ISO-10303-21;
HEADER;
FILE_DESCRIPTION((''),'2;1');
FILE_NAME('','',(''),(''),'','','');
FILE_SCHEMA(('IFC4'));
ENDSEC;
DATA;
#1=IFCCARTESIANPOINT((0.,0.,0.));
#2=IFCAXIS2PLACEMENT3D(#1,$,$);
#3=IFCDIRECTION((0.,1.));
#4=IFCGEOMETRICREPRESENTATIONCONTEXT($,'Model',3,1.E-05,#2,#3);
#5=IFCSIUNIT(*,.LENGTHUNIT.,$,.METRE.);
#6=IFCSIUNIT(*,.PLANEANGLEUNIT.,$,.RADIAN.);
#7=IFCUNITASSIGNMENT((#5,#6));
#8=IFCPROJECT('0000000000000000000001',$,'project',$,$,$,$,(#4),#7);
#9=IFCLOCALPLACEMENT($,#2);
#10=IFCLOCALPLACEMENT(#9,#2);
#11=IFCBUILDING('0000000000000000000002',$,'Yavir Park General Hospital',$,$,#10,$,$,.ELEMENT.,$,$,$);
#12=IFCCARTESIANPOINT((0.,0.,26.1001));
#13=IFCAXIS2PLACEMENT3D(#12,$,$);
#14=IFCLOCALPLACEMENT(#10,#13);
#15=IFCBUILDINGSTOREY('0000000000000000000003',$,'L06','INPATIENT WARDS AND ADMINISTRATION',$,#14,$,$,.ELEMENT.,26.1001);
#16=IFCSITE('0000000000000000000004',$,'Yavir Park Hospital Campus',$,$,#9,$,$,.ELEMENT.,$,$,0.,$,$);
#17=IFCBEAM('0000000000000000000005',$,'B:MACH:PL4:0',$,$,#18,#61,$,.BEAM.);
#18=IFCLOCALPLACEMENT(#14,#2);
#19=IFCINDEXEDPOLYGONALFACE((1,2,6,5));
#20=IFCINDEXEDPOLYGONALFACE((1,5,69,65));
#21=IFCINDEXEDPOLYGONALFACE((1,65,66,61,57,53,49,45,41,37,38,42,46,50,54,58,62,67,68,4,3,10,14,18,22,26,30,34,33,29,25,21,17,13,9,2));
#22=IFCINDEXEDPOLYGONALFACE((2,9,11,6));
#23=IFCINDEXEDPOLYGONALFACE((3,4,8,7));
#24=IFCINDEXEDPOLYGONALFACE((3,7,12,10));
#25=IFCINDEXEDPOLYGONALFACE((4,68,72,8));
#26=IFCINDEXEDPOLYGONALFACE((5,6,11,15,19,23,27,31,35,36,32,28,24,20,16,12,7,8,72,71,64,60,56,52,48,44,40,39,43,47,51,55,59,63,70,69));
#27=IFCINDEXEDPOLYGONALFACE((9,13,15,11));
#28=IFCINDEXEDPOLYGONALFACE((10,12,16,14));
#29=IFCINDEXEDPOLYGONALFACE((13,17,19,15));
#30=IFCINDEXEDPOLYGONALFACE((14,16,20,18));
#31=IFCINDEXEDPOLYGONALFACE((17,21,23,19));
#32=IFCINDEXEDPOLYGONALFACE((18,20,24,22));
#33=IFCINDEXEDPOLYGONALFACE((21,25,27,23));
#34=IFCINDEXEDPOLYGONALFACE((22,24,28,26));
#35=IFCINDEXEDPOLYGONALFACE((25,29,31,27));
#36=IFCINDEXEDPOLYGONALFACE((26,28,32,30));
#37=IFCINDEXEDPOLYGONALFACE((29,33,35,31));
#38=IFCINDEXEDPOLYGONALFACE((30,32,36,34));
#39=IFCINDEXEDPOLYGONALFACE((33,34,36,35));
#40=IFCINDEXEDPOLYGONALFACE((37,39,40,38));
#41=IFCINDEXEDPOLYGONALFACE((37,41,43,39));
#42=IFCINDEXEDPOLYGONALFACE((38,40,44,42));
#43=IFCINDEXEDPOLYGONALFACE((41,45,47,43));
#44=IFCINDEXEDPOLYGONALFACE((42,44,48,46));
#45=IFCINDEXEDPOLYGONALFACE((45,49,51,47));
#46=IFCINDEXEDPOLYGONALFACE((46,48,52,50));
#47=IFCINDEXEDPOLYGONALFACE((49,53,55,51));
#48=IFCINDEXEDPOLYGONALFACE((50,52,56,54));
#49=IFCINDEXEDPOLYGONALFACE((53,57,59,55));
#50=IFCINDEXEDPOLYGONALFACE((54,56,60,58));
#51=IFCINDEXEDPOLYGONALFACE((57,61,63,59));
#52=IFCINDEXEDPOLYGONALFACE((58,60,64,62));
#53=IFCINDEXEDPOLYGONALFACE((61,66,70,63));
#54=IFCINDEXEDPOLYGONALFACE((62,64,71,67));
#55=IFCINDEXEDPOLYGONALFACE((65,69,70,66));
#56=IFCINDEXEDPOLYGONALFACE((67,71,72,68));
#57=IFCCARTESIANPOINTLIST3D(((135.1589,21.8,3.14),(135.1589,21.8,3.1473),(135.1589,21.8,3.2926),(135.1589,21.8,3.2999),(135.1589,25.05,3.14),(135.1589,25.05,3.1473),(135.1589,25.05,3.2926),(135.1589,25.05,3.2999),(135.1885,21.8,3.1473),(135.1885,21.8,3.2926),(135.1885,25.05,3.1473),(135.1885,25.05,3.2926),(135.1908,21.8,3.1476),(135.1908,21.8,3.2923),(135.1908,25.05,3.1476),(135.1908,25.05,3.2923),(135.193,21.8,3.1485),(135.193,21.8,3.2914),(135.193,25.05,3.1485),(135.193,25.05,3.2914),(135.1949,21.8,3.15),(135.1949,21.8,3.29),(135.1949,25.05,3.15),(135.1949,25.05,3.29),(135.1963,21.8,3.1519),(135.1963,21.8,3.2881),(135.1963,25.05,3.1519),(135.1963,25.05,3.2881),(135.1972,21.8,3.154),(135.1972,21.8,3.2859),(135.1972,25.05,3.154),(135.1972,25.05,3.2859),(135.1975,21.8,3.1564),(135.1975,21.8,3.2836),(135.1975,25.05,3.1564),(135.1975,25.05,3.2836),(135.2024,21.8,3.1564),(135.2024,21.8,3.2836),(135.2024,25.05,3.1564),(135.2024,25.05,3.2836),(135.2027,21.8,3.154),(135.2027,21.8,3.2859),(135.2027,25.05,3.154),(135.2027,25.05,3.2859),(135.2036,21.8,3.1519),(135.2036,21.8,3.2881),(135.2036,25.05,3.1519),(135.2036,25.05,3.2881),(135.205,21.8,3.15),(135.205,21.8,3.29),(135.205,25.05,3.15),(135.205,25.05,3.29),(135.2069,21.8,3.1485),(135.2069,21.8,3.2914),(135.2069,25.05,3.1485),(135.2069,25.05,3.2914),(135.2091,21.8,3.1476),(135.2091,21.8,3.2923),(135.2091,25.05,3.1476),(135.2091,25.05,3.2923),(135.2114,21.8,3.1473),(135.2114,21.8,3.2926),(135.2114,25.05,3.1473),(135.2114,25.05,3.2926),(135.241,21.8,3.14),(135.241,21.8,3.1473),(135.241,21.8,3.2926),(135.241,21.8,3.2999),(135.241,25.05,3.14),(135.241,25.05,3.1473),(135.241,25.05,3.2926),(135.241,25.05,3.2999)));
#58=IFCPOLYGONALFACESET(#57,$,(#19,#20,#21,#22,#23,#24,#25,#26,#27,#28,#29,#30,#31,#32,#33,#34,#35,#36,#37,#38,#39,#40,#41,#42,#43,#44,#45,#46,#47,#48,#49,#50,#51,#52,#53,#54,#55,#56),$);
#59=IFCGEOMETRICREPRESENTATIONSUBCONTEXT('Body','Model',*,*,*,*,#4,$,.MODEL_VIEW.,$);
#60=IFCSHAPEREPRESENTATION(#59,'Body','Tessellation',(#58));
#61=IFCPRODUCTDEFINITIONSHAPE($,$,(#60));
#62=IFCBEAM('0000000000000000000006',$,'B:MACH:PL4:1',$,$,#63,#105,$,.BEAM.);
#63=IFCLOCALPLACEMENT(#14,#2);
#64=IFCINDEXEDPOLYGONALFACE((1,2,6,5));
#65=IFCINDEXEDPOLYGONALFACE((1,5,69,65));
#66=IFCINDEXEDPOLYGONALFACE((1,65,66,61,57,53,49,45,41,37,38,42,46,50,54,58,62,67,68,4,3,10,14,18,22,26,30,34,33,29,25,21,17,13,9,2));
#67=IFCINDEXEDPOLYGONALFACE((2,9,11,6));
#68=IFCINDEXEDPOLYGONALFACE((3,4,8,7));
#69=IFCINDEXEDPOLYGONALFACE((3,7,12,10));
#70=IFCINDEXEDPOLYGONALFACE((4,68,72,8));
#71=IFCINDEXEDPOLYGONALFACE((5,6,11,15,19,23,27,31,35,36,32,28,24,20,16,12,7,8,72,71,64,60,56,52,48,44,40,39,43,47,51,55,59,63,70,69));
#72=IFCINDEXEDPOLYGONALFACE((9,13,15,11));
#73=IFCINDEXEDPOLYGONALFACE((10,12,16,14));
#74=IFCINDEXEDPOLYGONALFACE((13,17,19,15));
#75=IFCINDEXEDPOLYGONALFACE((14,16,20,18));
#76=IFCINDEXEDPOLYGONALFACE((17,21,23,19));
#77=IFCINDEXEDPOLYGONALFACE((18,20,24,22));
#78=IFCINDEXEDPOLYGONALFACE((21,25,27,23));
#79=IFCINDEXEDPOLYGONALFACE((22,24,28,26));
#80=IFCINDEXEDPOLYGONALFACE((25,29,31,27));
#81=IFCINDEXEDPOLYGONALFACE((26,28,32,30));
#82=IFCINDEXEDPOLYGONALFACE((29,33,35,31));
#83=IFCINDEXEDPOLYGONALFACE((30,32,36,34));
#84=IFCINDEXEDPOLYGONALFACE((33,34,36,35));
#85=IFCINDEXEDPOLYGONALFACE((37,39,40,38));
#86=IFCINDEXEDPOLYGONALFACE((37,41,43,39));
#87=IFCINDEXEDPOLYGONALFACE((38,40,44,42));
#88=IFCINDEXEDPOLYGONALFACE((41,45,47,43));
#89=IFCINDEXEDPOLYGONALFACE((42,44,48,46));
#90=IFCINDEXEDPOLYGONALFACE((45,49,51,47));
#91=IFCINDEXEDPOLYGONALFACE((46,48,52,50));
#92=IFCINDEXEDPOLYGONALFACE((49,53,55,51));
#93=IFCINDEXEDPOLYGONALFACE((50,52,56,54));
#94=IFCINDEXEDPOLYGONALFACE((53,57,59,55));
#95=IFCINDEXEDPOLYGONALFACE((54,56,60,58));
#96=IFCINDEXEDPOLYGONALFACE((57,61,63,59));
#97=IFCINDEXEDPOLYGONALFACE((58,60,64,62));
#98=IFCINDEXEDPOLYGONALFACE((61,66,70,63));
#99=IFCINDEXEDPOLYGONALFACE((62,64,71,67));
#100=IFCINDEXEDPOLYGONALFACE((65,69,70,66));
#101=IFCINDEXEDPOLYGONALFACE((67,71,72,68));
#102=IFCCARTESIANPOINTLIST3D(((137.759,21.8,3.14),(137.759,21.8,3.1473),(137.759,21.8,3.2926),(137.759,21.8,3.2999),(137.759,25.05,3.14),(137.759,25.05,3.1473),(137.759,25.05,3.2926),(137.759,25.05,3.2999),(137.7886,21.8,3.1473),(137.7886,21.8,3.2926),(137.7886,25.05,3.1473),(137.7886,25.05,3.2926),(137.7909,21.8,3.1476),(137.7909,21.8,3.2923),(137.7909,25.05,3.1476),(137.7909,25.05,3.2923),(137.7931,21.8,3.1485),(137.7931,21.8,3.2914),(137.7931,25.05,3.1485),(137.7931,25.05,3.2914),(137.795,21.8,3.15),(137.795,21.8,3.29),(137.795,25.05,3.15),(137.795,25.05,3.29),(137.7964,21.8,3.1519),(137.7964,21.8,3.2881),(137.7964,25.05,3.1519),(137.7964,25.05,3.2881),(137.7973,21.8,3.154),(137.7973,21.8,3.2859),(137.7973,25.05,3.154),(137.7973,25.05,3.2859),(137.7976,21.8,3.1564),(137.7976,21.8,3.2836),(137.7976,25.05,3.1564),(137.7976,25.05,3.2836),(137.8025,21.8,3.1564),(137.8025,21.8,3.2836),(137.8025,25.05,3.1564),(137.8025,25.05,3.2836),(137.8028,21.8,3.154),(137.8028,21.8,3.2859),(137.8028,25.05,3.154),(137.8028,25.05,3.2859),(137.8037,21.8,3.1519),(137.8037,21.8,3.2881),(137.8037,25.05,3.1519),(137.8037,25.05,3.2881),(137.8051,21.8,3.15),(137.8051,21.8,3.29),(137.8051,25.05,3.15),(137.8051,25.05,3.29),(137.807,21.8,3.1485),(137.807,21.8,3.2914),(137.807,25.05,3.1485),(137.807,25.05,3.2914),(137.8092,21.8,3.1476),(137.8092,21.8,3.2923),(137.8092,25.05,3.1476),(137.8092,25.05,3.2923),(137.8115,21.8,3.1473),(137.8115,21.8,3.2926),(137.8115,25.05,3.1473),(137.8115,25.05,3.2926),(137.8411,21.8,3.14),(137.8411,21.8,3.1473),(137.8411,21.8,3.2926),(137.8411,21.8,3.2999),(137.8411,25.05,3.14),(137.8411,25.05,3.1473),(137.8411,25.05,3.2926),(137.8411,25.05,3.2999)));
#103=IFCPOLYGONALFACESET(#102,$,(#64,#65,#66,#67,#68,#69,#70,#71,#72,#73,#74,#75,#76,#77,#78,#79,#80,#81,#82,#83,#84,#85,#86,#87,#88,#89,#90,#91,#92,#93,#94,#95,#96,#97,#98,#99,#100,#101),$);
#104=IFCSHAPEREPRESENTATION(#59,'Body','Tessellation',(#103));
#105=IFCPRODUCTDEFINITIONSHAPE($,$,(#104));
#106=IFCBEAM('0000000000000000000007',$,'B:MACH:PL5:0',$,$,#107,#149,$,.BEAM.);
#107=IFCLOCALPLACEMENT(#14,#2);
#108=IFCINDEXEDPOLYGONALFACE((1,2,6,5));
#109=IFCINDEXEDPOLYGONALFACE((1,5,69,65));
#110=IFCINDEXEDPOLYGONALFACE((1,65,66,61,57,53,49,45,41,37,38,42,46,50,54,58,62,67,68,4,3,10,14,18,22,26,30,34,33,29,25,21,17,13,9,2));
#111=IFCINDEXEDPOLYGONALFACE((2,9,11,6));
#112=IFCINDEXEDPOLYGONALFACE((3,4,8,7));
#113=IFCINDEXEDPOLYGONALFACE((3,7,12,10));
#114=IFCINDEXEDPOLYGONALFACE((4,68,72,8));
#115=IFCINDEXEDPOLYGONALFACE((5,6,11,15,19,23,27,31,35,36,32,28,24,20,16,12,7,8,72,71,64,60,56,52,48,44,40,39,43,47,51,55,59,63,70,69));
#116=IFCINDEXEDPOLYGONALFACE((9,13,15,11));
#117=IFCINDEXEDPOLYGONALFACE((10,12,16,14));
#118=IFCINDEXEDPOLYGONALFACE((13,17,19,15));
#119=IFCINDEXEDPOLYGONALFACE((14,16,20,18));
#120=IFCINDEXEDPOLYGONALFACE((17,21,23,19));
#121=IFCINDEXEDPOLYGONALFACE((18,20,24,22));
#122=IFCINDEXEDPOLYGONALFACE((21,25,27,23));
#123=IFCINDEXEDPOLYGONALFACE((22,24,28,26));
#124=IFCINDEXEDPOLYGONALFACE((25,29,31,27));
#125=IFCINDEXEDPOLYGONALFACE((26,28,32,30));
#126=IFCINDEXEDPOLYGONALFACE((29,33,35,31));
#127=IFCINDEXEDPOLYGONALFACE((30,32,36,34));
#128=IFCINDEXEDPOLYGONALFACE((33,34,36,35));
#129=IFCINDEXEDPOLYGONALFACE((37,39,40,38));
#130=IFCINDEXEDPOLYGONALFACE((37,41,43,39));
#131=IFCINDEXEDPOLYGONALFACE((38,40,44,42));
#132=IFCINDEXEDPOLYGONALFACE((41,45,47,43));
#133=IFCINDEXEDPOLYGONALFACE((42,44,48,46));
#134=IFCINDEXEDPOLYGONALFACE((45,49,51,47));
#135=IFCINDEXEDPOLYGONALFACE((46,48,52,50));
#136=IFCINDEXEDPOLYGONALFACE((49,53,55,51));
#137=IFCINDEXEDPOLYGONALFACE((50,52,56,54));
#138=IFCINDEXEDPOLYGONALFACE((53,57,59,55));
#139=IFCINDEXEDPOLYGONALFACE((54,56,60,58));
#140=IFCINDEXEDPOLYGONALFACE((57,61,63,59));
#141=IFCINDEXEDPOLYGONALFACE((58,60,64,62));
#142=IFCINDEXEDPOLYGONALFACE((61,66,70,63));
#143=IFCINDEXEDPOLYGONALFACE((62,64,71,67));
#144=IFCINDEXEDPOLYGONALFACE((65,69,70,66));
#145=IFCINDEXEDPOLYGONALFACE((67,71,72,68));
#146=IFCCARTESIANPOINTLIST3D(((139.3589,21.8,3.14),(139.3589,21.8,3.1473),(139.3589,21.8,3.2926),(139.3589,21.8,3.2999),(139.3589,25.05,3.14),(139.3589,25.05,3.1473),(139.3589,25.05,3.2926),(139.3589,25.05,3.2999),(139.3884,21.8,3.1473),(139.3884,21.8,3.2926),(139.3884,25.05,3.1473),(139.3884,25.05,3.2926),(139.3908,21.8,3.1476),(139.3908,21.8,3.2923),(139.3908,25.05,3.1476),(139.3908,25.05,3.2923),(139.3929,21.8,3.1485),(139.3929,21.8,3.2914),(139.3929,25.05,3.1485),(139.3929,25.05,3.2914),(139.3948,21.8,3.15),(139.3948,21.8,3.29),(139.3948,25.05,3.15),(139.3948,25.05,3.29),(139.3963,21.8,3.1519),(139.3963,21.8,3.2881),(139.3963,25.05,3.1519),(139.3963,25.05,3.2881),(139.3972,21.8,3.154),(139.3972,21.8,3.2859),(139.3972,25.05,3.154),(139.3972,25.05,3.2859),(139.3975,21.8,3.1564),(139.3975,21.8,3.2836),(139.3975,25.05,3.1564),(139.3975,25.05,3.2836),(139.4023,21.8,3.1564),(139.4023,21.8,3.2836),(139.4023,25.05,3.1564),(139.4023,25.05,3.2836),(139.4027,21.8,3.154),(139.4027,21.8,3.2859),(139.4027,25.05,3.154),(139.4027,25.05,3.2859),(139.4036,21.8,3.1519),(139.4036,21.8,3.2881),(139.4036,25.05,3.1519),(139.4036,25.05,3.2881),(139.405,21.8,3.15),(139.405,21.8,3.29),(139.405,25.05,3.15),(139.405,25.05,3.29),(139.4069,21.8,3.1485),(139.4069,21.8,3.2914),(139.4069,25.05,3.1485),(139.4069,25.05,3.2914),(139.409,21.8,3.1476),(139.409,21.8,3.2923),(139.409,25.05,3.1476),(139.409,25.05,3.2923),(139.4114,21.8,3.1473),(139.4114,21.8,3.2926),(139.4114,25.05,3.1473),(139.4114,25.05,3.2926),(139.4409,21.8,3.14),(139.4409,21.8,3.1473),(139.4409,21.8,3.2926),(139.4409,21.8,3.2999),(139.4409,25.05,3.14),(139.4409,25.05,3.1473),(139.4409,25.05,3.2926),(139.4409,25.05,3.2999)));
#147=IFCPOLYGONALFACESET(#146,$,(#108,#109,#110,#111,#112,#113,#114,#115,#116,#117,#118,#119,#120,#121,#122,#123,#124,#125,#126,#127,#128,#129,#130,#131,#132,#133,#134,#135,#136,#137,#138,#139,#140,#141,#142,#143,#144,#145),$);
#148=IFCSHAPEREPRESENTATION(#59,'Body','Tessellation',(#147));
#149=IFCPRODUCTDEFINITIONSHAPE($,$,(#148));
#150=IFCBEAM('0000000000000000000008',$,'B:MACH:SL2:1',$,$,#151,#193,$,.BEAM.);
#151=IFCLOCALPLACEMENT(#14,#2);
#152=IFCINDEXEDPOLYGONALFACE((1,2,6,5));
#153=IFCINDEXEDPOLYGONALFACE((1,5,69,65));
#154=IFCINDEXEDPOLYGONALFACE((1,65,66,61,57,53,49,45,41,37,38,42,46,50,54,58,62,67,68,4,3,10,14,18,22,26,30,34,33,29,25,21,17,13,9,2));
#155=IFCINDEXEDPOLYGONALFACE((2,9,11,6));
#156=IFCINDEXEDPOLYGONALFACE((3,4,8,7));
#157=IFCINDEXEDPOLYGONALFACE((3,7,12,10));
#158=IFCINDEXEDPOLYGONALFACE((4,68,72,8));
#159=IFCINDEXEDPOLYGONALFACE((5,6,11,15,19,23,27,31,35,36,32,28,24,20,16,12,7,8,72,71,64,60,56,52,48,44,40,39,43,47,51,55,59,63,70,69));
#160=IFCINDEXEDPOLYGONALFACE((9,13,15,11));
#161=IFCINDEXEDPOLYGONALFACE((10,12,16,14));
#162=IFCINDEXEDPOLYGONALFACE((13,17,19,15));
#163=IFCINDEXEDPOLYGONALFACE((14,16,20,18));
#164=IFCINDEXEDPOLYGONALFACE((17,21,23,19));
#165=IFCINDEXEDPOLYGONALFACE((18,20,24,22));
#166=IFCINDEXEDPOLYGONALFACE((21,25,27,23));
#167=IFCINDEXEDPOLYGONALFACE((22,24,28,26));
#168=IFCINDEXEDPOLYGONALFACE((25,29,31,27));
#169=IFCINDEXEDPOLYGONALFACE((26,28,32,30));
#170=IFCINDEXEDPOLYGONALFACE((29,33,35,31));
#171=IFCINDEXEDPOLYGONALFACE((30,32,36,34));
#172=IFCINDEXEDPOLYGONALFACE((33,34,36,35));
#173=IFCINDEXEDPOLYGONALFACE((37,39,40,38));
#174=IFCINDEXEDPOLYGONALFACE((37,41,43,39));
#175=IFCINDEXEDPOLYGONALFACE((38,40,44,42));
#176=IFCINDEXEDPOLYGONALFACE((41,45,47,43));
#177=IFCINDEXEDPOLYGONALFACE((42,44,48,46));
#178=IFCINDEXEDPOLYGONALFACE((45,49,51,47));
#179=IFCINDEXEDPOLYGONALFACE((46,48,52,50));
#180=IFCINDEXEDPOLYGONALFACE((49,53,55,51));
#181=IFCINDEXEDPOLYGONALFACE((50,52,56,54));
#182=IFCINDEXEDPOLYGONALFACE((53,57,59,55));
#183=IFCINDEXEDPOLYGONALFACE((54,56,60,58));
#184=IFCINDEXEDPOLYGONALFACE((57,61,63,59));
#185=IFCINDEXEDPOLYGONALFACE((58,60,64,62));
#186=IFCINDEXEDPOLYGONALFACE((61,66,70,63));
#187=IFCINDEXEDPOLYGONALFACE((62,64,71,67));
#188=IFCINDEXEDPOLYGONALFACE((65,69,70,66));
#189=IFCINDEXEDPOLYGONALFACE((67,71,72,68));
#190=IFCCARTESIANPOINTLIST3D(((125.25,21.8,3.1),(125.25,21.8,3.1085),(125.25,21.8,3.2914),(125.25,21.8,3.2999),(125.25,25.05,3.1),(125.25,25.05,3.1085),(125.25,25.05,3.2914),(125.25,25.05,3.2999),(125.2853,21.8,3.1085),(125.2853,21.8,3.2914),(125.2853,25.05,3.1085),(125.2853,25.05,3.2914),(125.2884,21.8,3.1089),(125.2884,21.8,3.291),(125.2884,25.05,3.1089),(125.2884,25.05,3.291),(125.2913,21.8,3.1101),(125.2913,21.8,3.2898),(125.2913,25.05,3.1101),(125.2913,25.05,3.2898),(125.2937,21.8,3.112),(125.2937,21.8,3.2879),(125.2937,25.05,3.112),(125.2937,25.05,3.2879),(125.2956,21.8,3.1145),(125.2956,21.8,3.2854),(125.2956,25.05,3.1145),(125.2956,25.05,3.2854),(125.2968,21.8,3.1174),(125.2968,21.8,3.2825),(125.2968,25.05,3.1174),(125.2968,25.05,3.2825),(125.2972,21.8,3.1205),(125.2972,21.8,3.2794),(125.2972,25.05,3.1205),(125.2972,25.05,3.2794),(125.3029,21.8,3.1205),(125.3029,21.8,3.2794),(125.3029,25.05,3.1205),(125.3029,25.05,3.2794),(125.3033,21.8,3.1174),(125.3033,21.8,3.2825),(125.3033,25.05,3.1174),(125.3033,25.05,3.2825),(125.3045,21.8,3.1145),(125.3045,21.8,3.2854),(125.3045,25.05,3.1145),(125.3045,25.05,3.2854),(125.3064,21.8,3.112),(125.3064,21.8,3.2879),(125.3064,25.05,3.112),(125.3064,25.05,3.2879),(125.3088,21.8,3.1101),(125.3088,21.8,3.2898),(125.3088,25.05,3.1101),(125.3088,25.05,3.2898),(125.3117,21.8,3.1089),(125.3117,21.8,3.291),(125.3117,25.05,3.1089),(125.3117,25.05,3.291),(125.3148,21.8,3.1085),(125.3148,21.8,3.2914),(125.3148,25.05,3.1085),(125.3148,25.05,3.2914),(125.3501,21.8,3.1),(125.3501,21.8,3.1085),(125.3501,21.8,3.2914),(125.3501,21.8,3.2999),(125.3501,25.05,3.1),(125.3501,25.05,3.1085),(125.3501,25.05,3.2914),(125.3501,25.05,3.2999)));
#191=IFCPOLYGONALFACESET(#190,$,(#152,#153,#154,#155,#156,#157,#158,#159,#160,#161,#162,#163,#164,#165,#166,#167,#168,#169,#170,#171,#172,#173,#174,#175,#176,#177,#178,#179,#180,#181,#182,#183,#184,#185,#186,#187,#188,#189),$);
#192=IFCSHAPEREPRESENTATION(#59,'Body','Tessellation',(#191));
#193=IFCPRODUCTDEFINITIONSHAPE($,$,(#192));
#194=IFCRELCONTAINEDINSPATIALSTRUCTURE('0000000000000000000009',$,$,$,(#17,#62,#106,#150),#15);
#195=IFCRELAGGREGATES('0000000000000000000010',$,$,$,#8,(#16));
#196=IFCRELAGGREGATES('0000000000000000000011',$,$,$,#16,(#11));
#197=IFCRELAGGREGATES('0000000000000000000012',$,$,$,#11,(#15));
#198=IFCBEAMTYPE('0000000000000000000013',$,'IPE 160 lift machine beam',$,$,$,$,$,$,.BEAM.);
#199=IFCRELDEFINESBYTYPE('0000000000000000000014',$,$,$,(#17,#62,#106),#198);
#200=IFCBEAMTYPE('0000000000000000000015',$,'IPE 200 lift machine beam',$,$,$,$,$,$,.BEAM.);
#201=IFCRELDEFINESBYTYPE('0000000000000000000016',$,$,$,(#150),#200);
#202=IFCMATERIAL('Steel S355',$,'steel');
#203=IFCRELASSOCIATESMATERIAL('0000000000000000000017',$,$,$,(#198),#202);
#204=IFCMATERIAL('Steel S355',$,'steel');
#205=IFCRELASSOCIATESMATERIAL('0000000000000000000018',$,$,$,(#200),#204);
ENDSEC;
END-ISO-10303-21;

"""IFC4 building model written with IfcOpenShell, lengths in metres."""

from ifc_helpers import new_model, si_unit, direction, frame, origin, origin_2d, place, context, subcontext, project, spatial, i_section, extrude, material, material_profile, profile_set, type_object, element, save


model = new_model("IFC4")

# Units and contexts
model_context = context("Model", 3, precision=1e-05, world=origin(), true_north=direction((0.0, 1.0)))
body_context = subcontext(model_context, "Body", "Model", "MODEL_VIEW")
ifc_project = project(units=[si_unit("LENGTHUNIT", "METRE"), si_unit("PLANEANGLEUNIT", "RADIAN")], contexts=[model_context])

# Site, building, storey
site_placement = place(None, origin())
site = spatial("IfcSite", under=ifc_project, at=site_placement, Name="Yavir Park Hospital Campus", CompositionType="ELEMENT", RefElevation=0.0)
building_placement = place(site_placement, origin())
building = spatial("IfcBuilding", under=site, at=building_placement, Name="Yavir Park General Hospital", CompositionType="ELEMENT")
storey_placement = place(building_placement, frame((0.0, 0.0, 26.1001)))
storey = spatial("IfcBuildingStorey", under=building, at=storey_placement, Name="L06", Description="INPATIENT WARDS AND ADMINISTRATION", CompositionType="ELEMENT", Elevation=26.1001)

# Beams
ifc_material_1 = material(Name="Steel S355", Category="steel")
ifc_material_profile_1 = material_profile(ifc_material_1, i_section(OverallWidth=0.082, OverallDepth=0.1599, WebThickness=0.0049, FlangeThickness=0.0073, FilletRadius=0.009, at=origin_2d()), Name="IPE160")
ifc_profile_set_1 = profile_set([ifc_material_profile_1], Name="Steel S355")
beam_type_1 = type_object("IfcBeamType", Name="IPE 160 lift machine beam", PredefinedType="BEAM", material=ifc_profile_set_1)
for number, where, z_axis, x_axis, name in (
    (1, (135.2, 21.8, 3.22), (0.0, 1.0, 0.0), (-1.0, 0.0, 0.0), "B:MACH:PL4:0"),
    (2, (137.8, 21.8, 3.22), (0.0, 1.0, 0.0), (-1.0, 0.0, 0.0), "B:MACH:PL4:1"),
    (3, (139.3999, 21.8, 3.22), (0.0, 1.0, 0.0), (-1.0, 0.0, 0.0), "B:MACH:PL5:0"),
):
    element("IfcBeam", number, at=place(storey_placement, frame(where, z_axis=z_axis, x_axis=x_axis)), inside=storey, type_object=beam_type_1, Name=name, PredefinedType="BEAM", context=body_context, shape_type="SweptSolid", body=[
        extrude(i_section(OverallWidth=0.082, OverallDepth=0.1599, WebThickness=0.0049, FlangeThickness=0.0073, FilletRadius=0.009, at=origin_2d()), origin(), (0.0, 0.0, 1.0), 3.25),
    ])
ifc_material_2 = material(Name="Steel S355", Category="steel")
ifc_material_profile_2 = material_profile(ifc_material_2, i_section(OverallWidth=0.1001, OverallDepth=0.2, WebThickness=0.0056, FlangeThickness=0.0085, FilletRadius=0.012, at=origin_2d()), Name="IPE200")
ifc_profile_set_2 = profile_set([ifc_material_profile_2], Name="Steel S355")
beam_type_2 = type_object("IfcBeamType", Name="IPE 200 lift machine beam", PredefinedType="BEAM", material=ifc_profile_set_2)
for number, where, z_axis, x_axis, name in (
    (4, (125.3, 21.8, 3.2), (0.0, 1.0, 0.0), (-1.0, 0.0, 0.0), "B:MACH:SL2:1"),
):
    element("IfcBeam", number, at=place(storey_placement, frame(where, z_axis=z_axis, x_axis=x_axis)), inside=storey, type_object=beam_type_2, Name=name, PredefinedType="BEAM", context=body_context, shape_type="SweptSolid", body=[
        extrude(i_section(OverallWidth=0.1001, OverallDepth=0.2, WebThickness=0.0056, FlangeThickness=0.0085, FilletRadius=0.012, at=origin_2d()), origin(), (0.0, 0.0, 1.0), 3.25),
    ])

save(model, "model.ifc")
